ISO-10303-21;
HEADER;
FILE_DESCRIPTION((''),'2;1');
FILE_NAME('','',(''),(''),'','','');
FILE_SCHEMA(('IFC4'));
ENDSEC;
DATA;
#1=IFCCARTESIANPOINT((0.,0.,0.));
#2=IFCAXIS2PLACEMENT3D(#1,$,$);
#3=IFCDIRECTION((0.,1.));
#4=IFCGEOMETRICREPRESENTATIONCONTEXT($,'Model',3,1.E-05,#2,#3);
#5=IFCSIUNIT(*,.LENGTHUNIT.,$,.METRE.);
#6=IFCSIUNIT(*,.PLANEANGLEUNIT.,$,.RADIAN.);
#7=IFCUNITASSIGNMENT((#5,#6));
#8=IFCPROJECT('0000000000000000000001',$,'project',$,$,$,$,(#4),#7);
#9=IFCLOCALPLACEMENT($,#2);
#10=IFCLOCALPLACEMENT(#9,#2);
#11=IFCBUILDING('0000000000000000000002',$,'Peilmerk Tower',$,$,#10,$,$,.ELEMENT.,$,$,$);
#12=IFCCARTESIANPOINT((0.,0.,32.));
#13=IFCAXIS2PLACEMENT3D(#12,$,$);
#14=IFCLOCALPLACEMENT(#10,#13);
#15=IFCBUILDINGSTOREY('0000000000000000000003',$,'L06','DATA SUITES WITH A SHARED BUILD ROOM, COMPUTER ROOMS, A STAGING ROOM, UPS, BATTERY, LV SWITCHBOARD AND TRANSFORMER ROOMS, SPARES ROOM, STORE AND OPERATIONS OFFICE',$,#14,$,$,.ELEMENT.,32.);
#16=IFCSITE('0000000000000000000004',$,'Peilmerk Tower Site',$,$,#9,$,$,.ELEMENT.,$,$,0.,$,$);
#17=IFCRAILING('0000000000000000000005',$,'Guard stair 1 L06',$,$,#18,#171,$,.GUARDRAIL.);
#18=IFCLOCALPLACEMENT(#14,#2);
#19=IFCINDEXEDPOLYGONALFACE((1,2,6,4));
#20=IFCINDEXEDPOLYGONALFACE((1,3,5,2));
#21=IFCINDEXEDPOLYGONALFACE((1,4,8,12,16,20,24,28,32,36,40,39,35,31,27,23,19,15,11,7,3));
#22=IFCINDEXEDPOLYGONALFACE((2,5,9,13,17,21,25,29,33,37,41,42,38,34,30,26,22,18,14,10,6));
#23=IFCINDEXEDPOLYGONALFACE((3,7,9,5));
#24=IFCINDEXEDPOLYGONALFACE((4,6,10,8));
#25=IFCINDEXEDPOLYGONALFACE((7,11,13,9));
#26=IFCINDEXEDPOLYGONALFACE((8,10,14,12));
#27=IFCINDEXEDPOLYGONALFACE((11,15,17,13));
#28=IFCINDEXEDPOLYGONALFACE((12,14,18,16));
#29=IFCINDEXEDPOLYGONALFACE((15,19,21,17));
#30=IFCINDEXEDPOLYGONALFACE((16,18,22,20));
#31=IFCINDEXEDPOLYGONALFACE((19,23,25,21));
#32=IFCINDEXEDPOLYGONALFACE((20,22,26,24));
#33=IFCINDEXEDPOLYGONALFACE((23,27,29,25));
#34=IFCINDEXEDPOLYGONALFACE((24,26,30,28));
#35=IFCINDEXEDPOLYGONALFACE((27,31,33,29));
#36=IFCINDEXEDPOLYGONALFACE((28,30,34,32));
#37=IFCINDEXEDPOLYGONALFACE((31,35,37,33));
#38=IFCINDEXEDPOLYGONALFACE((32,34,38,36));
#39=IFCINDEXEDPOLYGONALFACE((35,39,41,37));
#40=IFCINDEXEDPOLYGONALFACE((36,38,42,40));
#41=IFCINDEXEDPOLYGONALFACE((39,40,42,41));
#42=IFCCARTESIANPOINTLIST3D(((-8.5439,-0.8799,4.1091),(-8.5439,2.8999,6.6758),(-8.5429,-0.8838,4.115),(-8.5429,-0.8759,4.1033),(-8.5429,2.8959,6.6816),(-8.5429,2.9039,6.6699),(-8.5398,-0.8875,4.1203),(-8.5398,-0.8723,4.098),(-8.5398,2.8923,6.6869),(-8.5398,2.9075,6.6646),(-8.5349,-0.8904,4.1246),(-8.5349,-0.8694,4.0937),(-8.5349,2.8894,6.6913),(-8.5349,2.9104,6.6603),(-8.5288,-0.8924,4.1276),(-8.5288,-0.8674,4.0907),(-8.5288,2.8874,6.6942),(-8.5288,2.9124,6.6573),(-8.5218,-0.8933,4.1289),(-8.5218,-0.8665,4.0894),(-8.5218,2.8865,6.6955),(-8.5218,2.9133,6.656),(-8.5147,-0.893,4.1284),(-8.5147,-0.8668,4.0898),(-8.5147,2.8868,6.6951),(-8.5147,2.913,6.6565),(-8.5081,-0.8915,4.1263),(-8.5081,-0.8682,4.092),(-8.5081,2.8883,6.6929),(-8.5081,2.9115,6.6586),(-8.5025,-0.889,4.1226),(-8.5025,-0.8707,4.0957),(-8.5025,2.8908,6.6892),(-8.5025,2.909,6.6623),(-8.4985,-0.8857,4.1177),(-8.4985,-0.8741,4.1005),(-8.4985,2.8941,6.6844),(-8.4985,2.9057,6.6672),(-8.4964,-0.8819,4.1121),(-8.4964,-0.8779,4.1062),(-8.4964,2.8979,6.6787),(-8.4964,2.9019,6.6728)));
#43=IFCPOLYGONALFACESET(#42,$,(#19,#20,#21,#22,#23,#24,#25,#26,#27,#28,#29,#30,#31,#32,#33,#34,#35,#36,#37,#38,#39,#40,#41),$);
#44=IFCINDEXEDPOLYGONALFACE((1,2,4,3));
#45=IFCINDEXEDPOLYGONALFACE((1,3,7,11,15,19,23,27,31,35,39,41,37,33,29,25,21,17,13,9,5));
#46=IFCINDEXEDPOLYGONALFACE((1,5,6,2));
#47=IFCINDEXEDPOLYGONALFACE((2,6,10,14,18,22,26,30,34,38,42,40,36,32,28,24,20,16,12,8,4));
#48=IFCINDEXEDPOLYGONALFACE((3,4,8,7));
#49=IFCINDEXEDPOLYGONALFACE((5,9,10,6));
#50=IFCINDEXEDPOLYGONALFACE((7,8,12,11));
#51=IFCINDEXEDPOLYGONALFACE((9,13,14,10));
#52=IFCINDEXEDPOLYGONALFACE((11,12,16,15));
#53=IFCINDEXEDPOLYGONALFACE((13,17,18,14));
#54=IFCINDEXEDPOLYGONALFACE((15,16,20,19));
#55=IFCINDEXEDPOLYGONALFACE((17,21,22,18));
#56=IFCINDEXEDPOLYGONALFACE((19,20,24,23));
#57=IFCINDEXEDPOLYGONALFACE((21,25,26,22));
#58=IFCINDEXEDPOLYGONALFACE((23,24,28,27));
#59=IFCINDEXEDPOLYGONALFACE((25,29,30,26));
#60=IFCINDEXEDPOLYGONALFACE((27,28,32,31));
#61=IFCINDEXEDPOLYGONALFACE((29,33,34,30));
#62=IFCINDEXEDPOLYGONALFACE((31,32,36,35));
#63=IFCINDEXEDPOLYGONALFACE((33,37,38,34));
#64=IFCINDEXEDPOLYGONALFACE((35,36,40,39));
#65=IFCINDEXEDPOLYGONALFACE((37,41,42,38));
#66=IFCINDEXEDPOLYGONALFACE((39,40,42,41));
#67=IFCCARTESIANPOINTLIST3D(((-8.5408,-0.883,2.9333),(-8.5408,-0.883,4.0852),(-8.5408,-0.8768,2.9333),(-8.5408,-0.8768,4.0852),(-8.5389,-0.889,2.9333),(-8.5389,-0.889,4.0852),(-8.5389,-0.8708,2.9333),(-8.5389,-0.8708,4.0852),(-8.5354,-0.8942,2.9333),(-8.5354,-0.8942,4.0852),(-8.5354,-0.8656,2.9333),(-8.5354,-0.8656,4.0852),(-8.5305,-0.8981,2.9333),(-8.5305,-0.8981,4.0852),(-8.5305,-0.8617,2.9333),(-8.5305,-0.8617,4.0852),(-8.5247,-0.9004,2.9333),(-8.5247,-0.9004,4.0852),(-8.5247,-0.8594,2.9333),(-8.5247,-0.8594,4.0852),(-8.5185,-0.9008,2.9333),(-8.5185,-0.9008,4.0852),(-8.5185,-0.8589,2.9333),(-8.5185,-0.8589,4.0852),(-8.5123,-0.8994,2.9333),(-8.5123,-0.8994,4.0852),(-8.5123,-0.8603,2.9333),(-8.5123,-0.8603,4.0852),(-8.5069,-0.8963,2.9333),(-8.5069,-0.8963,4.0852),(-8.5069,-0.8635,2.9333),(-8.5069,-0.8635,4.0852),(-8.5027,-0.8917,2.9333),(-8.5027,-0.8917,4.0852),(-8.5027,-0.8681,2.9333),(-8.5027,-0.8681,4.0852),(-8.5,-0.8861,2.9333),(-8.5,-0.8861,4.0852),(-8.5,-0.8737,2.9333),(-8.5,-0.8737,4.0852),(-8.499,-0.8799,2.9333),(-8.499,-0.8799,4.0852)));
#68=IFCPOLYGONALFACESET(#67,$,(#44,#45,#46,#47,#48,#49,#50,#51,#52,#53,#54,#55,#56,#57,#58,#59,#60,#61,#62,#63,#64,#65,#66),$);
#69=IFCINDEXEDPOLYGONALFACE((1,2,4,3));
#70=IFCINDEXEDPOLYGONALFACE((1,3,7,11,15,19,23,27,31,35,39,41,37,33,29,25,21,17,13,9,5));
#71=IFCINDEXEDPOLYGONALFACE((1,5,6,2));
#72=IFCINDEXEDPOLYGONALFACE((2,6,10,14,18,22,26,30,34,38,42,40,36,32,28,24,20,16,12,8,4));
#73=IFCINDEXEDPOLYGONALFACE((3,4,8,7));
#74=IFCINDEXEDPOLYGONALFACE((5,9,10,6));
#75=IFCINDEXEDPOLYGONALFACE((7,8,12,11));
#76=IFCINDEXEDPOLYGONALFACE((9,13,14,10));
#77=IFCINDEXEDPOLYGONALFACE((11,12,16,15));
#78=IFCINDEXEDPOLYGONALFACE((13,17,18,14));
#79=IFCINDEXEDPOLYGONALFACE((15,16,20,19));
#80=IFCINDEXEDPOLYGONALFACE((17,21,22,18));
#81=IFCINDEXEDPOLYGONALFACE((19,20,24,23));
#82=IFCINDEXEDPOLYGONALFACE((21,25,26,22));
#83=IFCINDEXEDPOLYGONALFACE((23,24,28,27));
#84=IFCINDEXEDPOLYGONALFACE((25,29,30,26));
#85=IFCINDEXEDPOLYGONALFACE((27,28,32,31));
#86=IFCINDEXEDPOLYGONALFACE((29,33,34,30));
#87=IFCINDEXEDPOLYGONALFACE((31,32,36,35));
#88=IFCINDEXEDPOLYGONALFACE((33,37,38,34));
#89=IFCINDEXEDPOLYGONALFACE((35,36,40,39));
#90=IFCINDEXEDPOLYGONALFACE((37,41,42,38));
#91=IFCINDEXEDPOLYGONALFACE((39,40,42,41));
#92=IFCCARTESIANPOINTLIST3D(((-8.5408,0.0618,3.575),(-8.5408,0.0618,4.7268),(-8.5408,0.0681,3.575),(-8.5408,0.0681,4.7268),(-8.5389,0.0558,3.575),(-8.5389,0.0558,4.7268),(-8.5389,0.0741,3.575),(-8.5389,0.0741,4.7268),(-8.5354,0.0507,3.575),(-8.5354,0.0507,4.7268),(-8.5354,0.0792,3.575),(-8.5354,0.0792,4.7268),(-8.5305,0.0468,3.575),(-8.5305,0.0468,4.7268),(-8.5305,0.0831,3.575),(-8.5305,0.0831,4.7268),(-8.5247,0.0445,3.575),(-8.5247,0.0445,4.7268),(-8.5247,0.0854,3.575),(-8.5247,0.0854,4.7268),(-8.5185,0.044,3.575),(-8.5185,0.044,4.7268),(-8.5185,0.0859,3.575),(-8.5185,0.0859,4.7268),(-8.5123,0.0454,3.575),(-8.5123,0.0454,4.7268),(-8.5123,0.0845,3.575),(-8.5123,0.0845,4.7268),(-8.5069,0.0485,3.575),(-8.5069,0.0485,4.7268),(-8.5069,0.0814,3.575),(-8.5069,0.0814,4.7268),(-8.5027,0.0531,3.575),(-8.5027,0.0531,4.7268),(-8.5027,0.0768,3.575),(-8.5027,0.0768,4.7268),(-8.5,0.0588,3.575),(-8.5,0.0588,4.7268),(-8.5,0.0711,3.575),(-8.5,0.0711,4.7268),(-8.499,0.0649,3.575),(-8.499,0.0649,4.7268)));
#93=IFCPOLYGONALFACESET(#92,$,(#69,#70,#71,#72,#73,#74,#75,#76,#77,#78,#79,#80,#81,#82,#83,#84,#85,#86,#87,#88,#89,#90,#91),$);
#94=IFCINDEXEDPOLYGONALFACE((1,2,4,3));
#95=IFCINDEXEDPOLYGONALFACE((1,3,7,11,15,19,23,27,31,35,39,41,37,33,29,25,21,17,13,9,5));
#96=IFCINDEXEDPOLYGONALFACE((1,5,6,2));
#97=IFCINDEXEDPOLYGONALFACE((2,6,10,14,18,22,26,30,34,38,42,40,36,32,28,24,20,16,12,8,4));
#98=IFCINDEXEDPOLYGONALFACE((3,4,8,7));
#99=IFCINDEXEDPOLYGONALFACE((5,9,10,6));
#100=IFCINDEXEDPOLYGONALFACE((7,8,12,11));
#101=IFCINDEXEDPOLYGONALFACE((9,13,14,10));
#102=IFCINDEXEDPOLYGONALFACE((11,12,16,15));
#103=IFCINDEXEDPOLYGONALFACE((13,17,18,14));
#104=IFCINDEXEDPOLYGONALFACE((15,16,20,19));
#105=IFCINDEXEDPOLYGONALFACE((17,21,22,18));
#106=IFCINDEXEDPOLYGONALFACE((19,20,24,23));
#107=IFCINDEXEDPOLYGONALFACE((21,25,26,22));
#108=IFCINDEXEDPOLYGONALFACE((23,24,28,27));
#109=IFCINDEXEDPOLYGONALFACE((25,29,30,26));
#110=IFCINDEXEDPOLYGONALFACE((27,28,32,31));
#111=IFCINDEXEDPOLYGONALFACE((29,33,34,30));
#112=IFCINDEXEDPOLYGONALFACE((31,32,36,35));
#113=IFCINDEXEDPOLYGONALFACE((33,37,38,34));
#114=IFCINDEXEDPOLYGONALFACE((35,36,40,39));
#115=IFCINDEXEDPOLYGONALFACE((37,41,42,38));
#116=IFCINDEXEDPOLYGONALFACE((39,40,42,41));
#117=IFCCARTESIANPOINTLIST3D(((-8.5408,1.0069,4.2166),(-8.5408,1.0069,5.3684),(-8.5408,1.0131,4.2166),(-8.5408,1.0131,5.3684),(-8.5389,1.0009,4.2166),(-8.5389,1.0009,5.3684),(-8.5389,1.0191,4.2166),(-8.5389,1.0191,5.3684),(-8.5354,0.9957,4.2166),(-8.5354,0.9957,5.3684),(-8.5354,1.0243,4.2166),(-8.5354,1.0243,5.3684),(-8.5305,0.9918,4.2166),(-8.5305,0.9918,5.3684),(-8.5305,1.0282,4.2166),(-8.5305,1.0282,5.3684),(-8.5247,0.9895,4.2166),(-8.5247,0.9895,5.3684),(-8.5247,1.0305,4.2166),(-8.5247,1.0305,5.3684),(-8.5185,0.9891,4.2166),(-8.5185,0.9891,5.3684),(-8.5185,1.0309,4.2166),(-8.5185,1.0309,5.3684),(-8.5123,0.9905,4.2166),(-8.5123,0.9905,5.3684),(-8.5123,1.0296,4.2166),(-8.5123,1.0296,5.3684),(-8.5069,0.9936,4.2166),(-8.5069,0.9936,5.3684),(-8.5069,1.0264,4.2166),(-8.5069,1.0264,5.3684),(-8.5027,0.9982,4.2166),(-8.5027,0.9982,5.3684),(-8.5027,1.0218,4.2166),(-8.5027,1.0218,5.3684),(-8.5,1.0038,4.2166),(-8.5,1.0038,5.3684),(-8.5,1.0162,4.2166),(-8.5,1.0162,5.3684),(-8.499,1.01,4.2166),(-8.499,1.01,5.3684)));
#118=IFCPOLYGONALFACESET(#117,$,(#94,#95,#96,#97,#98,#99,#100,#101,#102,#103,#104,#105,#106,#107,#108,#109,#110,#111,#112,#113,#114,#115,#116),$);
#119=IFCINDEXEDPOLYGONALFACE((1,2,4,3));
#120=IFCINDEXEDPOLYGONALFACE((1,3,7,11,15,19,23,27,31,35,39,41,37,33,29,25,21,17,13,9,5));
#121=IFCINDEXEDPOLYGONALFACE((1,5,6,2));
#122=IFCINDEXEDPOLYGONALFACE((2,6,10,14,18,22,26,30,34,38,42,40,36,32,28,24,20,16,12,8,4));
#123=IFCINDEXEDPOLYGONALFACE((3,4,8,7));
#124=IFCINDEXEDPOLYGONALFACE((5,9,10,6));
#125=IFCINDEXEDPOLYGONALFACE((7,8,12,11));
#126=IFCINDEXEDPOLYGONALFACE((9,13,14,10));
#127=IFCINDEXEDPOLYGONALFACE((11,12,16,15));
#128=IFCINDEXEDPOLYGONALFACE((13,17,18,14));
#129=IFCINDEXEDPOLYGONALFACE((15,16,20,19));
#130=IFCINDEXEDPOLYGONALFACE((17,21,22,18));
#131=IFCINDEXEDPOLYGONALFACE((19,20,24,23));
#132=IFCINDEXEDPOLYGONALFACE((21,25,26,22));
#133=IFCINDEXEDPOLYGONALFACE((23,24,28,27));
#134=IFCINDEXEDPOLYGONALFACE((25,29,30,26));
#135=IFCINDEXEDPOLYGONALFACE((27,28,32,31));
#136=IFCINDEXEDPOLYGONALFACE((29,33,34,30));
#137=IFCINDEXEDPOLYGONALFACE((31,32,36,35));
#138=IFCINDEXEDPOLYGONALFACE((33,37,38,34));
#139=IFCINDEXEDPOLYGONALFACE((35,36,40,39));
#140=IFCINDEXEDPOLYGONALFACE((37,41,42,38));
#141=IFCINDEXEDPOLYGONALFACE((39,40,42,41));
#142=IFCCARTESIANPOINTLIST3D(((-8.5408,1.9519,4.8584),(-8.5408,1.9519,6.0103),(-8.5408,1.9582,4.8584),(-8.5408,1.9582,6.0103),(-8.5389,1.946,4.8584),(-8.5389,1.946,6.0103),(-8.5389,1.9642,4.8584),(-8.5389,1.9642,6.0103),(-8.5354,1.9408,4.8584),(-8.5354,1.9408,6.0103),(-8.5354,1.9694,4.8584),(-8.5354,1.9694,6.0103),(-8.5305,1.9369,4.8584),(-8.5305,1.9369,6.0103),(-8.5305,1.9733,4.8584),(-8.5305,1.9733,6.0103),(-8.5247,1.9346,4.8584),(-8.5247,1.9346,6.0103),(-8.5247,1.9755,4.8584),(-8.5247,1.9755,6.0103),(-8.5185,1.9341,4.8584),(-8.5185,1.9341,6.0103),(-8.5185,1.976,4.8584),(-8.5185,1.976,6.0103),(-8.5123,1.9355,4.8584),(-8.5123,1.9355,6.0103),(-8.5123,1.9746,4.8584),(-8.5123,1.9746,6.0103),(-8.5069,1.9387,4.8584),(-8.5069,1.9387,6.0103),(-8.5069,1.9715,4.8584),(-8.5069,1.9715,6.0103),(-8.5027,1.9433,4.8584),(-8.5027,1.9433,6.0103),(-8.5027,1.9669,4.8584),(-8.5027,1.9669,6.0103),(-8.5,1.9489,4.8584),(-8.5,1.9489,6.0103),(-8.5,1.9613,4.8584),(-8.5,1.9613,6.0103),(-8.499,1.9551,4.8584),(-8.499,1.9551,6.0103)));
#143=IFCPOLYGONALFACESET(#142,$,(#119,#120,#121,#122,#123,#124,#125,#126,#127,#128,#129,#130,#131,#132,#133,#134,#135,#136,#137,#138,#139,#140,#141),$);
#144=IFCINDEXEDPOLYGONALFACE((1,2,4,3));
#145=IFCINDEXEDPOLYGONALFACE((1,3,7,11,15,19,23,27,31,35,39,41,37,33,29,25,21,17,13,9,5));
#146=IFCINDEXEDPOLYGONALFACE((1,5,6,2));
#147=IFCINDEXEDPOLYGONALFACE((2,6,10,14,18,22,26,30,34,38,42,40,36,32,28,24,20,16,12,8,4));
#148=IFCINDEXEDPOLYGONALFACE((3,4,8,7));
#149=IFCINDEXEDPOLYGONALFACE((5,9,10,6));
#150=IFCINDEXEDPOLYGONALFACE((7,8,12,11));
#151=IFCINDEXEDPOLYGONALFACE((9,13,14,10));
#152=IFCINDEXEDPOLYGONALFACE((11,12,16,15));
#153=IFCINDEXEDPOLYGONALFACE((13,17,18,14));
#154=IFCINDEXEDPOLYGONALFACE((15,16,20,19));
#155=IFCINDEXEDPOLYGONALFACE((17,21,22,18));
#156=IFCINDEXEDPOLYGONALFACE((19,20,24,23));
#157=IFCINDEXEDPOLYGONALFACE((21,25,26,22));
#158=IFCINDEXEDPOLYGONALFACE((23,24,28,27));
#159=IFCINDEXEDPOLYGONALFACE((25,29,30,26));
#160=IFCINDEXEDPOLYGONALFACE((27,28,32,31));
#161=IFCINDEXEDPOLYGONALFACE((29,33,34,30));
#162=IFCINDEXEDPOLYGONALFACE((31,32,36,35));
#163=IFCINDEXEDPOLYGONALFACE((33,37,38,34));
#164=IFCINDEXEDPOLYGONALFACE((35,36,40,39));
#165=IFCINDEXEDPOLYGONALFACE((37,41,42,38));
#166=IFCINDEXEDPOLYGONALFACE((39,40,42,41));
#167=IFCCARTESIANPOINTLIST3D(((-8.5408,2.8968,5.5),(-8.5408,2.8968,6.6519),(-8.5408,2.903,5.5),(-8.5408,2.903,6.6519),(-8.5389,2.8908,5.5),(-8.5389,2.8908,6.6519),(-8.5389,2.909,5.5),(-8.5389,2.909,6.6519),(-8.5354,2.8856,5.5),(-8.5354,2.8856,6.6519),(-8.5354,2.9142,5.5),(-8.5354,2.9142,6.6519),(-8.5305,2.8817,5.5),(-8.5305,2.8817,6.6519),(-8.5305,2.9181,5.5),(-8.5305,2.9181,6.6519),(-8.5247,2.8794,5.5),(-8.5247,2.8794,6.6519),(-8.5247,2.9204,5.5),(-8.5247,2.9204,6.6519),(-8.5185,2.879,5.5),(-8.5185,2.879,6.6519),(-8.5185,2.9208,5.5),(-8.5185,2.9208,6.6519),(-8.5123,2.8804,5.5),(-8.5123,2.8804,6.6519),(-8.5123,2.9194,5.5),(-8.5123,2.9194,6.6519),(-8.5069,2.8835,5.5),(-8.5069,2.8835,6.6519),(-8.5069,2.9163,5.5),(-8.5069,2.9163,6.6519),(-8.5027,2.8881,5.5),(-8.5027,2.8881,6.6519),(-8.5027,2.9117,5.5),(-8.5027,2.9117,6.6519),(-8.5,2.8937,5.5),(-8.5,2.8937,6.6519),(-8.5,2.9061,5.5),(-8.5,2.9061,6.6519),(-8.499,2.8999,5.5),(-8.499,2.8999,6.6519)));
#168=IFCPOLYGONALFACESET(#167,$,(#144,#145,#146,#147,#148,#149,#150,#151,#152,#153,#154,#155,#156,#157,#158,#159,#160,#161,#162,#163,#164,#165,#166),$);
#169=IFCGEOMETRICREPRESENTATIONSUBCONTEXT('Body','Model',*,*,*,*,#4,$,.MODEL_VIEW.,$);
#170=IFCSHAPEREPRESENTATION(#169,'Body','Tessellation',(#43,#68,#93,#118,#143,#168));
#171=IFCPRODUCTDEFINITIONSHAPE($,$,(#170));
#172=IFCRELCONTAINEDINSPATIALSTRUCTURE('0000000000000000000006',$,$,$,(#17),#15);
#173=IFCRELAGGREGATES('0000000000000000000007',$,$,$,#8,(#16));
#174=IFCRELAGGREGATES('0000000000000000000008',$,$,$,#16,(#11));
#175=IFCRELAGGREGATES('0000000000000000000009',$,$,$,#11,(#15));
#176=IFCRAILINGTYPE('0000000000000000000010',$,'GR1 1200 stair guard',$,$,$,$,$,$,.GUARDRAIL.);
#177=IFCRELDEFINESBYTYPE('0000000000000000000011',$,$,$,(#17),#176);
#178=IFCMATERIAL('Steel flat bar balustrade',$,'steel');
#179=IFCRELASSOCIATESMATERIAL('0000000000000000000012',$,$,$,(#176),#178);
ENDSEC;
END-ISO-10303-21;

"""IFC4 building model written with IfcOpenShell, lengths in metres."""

from ifc_helpers import new_model, si_unit, direction, frame, origin, origin_2d, place, context, subcontext, project, spatial, circle, extrude, material, type_object, element, save


model = new_model("IFC4")

# Units and contexts
model_context = context("Model", 3, precision=1e-05, world=origin(), true_north=direction((0.0, 1.0)))
body_context = subcontext(model_context, "Body", "Model", "MODEL_VIEW")
ifc_project = project(units=[si_unit("LENGTHUNIT", "METRE"), si_unit("PLANEANGLEUNIT", "RADIAN")], contexts=[model_context])

# Site, building, storey
site_placement = place(None, origin())
site = spatial("IfcSite", under=ifc_project, at=site_placement, Name="Peilmerk Tower Site", CompositionType="ELEMENT", RefElevation=0.0)
building_placement = place(site_placement, origin())
building = spatial("IfcBuilding", under=site, at=building_placement, Name="Peilmerk Tower", CompositionType="ELEMENT")
storey_placement = place(building_placement, frame((0.0, 0.0, 32.0)))
storey = spatial("IfcBuildingStorey", under=building, at=storey_placement, Name="L06", Description="DATA SUITES WITH A SHARED BUILD ROOM, COMPUTER ROOMS, A STAGING ROOM, UPS, BATTERY, LV SWITCHBOARD AND TRANSFORMER ROOMS, SPARES ROOM, STORE AND OPERATIONS OFFICE", CompositionType="ELEMENT", Elevation=32.0)

# Railing
ifc_material_1 = material(Name="Steel flat bar balustrade", Category="steel")
railing_type_1 = type_object("IfcRailingType", Name="GR1 1200 stair guard", PredefinedType="GUARDRAIL", material=ifc_material_1)
railing_1_placement = place(storey_placement, frame((-8.52, -0.8799, 2.9333)))
element("IfcRailing", 1, at=railing_1_placement, inside=storey, type_object=railing_type_1, Name="Guard stair 1 L06", PredefinedType="GUARDRAIL", context=body_context, shape_type="SweptSolid", body=[
    extrude(circle(Radius=0.0239, at=origin_2d()), frame((0.0, 0.0, 1.1758), z_axis=(0.0, 0.827293, 0.561771), x_axis=(-1.0, 0.0, 0.0)), (0.0, 0.0, 1.0), 4.5688),
    extrude(circle(Radius=0.021, at=origin_2d()), origin(), (0.0, 0.0, 1.0), 1.1519),
    extrude(circle(Radius=0.021, at=origin_2d()), frame((0.0, 0.9448, 0.6416)), (0.0, 0.0, 1.0), 1.1519),
    extrude(circle(Radius=0.021, at=origin_2d()), frame((0.0, 1.8899, 1.2832)), (0.0, 0.0, 1.0), 1.1519),
    extrude(circle(Radius=0.021, at=origin_2d()), frame((0.0, 2.835, 1.925)), (0.0, 0.0, 1.0), 1.1519),
    extrude(circle(Radius=0.021, at=origin_2d()), frame((0.0, 3.7798, 2.5667)), (0.0, 0.0, 1.0), 1.1519),
])

save(model, "model.ifc")
